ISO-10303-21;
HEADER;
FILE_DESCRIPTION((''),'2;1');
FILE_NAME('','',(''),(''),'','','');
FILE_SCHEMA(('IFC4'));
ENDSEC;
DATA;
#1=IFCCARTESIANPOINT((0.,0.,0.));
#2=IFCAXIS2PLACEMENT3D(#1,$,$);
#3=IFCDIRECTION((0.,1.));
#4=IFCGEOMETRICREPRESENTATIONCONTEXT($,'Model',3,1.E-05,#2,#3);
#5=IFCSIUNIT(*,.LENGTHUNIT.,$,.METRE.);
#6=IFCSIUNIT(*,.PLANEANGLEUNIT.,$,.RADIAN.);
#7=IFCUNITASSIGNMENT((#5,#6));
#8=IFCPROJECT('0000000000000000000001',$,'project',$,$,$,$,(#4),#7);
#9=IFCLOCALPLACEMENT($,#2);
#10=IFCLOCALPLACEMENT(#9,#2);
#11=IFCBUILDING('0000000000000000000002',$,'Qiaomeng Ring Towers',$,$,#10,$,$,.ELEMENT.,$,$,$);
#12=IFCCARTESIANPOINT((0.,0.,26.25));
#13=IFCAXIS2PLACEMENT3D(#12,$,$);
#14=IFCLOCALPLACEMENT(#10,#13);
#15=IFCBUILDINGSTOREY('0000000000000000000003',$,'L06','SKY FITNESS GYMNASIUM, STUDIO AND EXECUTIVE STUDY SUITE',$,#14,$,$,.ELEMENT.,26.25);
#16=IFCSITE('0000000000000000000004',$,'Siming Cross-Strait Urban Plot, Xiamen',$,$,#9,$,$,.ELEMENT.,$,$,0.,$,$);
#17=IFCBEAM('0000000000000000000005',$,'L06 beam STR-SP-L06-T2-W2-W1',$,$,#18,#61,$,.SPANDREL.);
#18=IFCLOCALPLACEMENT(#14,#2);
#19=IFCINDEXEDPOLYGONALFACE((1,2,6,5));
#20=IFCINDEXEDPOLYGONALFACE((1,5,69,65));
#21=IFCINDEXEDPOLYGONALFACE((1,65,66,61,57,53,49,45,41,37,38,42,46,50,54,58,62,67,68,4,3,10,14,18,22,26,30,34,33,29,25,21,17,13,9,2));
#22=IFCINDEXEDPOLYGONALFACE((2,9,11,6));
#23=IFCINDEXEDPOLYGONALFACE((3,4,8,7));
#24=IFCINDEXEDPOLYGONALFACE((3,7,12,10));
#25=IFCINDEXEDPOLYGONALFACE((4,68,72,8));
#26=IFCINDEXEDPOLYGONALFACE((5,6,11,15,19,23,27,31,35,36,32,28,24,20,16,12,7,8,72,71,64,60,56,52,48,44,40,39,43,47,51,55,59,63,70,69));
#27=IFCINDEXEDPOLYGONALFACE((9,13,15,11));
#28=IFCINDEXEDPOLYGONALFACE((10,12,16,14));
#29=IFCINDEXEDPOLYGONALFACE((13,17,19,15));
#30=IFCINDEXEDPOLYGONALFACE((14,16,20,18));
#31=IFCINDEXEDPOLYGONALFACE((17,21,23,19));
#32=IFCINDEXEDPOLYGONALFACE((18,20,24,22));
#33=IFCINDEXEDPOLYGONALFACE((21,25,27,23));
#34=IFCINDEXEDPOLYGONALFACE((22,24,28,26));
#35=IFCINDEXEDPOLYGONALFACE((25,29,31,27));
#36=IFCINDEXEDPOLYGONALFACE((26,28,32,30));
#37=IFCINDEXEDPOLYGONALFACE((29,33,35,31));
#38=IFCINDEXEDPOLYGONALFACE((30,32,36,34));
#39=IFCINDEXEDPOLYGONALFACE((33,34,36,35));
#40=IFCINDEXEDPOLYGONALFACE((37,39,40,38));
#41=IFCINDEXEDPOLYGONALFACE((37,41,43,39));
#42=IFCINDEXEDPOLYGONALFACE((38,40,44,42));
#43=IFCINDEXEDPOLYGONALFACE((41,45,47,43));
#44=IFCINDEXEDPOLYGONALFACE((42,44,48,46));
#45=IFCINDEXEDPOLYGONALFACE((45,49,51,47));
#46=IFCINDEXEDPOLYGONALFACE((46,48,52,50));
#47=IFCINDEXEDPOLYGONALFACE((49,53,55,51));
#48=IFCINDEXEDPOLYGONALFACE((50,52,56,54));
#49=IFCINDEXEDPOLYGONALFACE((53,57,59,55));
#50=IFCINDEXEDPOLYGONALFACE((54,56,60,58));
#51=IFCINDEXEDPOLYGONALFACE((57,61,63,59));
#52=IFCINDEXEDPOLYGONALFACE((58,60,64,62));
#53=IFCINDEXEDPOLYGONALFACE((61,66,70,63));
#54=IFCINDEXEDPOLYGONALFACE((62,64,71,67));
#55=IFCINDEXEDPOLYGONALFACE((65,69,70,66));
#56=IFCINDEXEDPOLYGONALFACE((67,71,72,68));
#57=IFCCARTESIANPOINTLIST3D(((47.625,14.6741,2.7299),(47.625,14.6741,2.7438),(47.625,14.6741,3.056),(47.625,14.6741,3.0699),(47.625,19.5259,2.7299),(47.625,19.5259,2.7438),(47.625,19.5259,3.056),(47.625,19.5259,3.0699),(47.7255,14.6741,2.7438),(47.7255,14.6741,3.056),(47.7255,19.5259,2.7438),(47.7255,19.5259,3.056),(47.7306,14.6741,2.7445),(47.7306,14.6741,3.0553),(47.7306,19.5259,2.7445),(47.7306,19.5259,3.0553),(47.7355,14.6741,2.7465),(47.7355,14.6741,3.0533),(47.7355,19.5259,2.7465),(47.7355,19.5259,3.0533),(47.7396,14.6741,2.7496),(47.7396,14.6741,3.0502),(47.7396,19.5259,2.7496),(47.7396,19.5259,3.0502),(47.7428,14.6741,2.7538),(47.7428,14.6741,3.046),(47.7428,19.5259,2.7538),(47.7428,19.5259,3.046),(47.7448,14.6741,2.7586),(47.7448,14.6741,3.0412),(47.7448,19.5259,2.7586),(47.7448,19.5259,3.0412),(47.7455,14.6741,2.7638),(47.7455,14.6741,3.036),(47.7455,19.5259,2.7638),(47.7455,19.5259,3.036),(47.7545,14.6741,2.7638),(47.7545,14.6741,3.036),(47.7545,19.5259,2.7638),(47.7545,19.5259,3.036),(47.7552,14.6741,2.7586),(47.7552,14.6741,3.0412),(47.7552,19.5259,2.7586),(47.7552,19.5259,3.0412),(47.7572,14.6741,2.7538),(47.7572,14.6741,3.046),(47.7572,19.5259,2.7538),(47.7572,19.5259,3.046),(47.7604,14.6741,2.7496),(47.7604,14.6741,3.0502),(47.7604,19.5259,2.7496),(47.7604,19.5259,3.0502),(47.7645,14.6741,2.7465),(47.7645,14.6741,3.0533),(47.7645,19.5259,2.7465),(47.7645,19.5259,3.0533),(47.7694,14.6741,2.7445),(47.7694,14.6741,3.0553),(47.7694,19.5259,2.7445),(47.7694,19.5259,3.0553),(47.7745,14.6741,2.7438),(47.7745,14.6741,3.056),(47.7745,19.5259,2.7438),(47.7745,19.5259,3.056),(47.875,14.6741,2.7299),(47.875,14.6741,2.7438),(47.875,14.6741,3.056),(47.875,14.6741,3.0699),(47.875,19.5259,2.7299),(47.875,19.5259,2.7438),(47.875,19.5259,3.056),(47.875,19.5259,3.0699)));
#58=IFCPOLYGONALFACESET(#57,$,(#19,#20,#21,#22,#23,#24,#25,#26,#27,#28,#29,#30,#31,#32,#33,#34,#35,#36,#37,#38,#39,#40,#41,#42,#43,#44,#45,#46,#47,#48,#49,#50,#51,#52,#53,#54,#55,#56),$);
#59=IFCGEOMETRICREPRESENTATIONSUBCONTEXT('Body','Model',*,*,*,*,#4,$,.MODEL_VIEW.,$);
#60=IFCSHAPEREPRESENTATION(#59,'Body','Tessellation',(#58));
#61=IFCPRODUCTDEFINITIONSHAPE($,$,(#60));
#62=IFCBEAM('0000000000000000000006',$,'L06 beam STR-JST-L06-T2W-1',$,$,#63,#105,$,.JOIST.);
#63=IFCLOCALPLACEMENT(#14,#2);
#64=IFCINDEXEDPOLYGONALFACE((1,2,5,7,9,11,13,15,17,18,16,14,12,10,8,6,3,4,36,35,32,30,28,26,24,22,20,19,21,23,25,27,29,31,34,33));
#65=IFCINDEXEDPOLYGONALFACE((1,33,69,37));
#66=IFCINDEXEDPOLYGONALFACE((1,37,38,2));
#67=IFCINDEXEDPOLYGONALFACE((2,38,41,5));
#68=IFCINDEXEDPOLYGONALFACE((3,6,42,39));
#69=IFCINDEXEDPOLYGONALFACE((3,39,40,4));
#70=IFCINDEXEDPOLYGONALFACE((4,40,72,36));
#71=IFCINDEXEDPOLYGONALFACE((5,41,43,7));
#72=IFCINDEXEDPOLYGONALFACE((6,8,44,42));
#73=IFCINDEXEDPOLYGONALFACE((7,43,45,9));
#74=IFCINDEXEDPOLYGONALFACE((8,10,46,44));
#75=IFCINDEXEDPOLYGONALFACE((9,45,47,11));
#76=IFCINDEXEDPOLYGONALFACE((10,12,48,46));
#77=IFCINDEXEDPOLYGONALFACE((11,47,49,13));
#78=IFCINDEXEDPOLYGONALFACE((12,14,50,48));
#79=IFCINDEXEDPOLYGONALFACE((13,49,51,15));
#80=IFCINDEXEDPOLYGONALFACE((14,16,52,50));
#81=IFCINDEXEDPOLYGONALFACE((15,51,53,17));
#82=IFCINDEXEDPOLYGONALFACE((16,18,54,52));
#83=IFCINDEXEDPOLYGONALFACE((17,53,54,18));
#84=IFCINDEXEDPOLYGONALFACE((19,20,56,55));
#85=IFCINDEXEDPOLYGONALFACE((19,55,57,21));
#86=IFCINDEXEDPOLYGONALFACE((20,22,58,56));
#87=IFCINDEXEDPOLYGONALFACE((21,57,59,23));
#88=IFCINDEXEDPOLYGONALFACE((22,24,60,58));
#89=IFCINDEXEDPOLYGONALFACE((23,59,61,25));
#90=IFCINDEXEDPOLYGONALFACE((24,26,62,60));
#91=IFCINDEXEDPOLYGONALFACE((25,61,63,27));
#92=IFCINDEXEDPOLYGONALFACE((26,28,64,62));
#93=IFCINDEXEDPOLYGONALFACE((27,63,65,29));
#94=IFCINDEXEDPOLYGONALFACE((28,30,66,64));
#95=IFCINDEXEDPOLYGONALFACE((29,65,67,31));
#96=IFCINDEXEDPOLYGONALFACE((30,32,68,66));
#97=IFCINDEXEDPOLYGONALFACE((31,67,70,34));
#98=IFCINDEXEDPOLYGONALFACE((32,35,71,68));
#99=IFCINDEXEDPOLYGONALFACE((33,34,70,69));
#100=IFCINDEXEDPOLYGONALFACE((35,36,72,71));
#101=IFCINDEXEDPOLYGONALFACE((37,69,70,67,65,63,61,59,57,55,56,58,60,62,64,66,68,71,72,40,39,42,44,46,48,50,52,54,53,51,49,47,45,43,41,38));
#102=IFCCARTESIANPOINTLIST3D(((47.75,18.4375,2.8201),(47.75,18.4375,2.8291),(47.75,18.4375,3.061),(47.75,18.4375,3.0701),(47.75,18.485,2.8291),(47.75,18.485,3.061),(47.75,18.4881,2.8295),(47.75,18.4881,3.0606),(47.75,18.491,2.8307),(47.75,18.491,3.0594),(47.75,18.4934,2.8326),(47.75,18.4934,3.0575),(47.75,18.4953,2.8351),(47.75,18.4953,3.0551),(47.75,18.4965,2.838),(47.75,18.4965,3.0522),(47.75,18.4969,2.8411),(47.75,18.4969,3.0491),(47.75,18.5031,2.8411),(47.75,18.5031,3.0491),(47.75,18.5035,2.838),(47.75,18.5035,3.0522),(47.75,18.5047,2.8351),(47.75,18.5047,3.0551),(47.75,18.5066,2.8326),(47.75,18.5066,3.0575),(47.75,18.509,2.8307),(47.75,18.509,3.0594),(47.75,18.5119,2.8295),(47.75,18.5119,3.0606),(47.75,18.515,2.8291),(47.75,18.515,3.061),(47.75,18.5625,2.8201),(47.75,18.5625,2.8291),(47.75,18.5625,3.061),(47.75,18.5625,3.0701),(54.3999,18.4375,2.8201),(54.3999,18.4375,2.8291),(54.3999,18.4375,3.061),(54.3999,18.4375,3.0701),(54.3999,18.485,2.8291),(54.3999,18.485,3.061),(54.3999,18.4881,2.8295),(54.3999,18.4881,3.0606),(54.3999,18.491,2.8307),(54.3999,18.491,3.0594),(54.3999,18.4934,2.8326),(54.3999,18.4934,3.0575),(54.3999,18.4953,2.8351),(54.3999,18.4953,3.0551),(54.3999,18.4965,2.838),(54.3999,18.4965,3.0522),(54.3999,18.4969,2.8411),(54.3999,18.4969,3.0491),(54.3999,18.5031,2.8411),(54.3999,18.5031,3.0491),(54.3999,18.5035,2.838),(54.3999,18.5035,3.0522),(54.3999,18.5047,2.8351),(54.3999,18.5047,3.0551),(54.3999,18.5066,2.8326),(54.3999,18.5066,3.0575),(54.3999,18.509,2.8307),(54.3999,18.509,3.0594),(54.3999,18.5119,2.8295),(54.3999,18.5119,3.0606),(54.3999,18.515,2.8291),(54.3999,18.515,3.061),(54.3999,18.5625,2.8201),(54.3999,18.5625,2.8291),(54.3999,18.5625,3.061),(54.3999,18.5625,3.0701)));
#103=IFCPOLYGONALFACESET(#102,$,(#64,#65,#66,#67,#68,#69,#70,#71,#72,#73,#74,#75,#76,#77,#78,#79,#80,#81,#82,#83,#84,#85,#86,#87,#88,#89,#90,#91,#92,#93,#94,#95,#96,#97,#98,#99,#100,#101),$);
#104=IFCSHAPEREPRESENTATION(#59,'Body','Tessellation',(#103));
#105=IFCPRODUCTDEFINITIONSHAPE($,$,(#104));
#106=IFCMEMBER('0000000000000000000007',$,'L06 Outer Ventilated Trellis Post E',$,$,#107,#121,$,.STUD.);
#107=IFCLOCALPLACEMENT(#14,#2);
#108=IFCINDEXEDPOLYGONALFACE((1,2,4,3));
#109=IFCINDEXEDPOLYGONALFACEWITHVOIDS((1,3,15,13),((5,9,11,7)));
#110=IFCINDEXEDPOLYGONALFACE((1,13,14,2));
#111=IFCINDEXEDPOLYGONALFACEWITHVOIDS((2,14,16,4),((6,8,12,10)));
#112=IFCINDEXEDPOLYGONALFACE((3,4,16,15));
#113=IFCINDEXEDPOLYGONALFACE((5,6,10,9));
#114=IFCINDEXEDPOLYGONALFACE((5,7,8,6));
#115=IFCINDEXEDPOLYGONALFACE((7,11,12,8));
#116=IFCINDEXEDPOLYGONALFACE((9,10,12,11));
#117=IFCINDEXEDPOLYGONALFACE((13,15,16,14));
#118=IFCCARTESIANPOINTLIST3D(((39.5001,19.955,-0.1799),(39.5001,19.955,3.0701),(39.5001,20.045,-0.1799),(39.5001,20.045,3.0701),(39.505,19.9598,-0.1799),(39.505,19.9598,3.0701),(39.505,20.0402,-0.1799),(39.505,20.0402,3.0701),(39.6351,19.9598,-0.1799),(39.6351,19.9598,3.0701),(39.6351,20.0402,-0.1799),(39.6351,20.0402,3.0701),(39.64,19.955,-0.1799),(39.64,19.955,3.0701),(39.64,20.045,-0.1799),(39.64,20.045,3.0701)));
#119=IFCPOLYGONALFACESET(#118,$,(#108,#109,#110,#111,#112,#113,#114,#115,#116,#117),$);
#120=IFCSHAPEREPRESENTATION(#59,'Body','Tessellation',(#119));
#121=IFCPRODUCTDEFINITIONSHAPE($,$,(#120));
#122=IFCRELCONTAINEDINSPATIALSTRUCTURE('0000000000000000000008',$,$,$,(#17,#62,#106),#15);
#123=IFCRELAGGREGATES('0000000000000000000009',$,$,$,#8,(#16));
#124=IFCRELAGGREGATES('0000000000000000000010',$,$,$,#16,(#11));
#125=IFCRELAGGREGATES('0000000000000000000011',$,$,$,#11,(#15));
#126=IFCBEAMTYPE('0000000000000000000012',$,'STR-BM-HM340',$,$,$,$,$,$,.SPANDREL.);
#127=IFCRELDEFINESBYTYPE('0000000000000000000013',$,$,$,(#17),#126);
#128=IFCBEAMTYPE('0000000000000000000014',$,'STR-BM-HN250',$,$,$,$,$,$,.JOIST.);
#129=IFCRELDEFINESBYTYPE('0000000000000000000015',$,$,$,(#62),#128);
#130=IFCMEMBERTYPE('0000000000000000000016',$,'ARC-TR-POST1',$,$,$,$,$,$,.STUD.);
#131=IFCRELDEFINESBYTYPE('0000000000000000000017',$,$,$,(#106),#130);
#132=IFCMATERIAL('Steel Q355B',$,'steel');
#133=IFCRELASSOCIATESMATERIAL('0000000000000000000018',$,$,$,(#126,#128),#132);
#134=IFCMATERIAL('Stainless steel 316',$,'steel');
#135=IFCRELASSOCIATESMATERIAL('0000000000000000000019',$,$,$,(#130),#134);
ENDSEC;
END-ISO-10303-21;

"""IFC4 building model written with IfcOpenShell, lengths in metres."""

from ifc_helpers import new_model, si_unit, direction, frame, origin, origin_2d, place, context, subcontext, project, spatial, hollow_rectangle, i_section, extrude, source, transform, mapped, material, material_profile, profile_set, type_object, element, save


model = new_model("IFC4")

# Units and contexts
model_context = context("Model", 3, precision=1e-05, world=origin(), true_north=direction((0.0, 1.0)))
body_context = subcontext(model_context, "Body", "Model", "MODEL_VIEW")
ifc_project = project(units=[si_unit("LENGTHUNIT", "METRE"), si_unit("PLANEANGLEUNIT", "RADIAN")], contexts=[model_context])

# Site, building, storey
site_placement = place(None, origin())
site = spatial("IfcSite", under=ifc_project, at=site_placement, Name="Siming Cross-Strait Urban Plot, Xiamen", CompositionType="ELEMENT", RefElevation=0.0)
building_placement = place(site_placement, origin())
building = spatial("IfcBuilding", under=site, at=building_placement, Name="Qiaomeng Ring Towers", CompositionType="ELEMENT")
storey_placement = place(building_placement, frame((0.0, 0.0, 26.25)))
storey = spatial("IfcBuildingStorey", under=building, at=storey_placement, Name="L06", Description="SKY FITNESS GYMNASIUM, STUDIO AND EXECUTIVE STUDY SUITE", CompositionType="ELEMENT", Elevation=26.25)

# Beams
ifc_material_1 = material(Name="Steel Q355B", Category="steel")
ifc_material_profile_1 = material_profile(ifc_material_1, i_section(OverallWidth=0.25, OverallDepth=0.3401, WebThickness=0.009, FlangeThickness=0.0139, FilletRadius=0.02, at=origin_2d()), Name="HM 340x250x9x14")
ifc_profile_set_1 = profile_set([ifc_material_profile_1], Name="Steel Q355B")
beam_type_1 = type_object("IfcBeamType", Name="STR-BM-HM340", PredefinedType="SPANDREL", material=ifc_profile_set_1)
shared_shape_1 = source(origin(), body_context, "Body", "SweptSolid", [
    extrude(i_section(OverallWidth=0.25, OverallDepth=0.3401, WebThickness=0.009, FlangeThickness=0.0139, FilletRadius=0.02, at=origin_2d()), origin(), (0.0, 0.0, 1.0), 4.8518),
])
beam_1_placement = place(storey_placement, frame((47.75, 19.5259, 2.8999), z_axis=(0.0, -1.0, 0.0), x_axis=(1.0, 0.0, 0.0)))
element("IfcBeam", 1, at=beam_1_placement, inside=storey, type_object=beam_type_1, Name="L06 beam STR-SP-L06-T2-W2-W1", PredefinedType="SPANDREL", context=body_context, shape_type="MappedRepresentation", body=[
    mapped(shared_shape_1, transform((0.0, 0.0, 0.0), x_axis=(1.0, 0.0, 0.0), y_axis=(0.0, 1.0, 0.0), z_axis=(0.0, 0.0, 1.0), scale=1.0)),
])
ifc_material_profile_2 = material_profile(ifc_material_1, i_section(OverallWidth=0.125, OverallDepth=0.25, WebThickness=0.0061, FlangeThickness=0.009, FilletRadius=0.012, at=origin_2d()), Name="HN 250x125x6x9")
ifc_profile_set_2 = profile_set([ifc_material_profile_2], Name="Steel Q355B")
beam_type_2 = type_object("IfcBeamType", Name="STR-BM-HN250", PredefinedType="JOIST", material=ifc_profile_set_2)
shared_shape_2 = source(origin(), body_context, "Body", "SweptSolid", [
    extrude(i_section(OverallWidth=0.125, OverallDepth=0.25, WebThickness=0.0061, FlangeThickness=0.009, FilletRadius=0.012, at=origin_2d()), origin(), (0.0, 0.0, 1.0), 6.6499),
])
beam_2_placement = place(storey_placement, frame((47.75, 18.5, 2.9451), z_axis=(1.0, 0.0, 0.0), x_axis=(0.0, 1.0, 0.0)))
element("IfcBeam", 2, at=beam_2_placement, inside=storey, type_object=beam_type_2, Name="L06 beam STR-JST-L06-T2W-1", PredefinedType="JOIST", context=body_context, shape_type="MappedRepresentation", body=[
    mapped(shared_shape_2, transform((0.0, 0.0, 0.0), x_axis=(1.0, 0.0, 0.0), y_axis=(0.0, 1.0, 0.0), z_axis=(0.0, 0.0, 1.0), scale=1.0)),
])

# Member
ifc_material_2 = material(Name="Stainless steel 316", Category="steel")
ifc_material_profile_3 = material_profile(ifc_material_2, hollow_rectangle(XDim=0.0901, YDim=0.1399, WallThickness=0.0049, at=origin_2d()), Name="SS TRELLIS 90x140")
ifc_profile_set_3 = profile_set([ifc_material_profile_3], Name="Stainless steel 316")
member_type = type_object("IfcMemberType", Name="ARC-TR-POST1", PredefinedType="STUD", material=ifc_profile_set_3)
shared_shape_3 = source(origin(), body_context, "Body", "SweptSolid", [
    extrude(hollow_rectangle(XDim=0.0901, YDim=0.1399, WallThickness=0.0049, at=origin_2d()), origin(), (0.0, 0.0, 1.0), 3.25),
])
member_placement = place(storey_placement, frame((39.5701, 20.0, -0.1799), z_axis=(0.0, 0.0, 1.0), x_axis=(0.0, 1.0, 0.0)))
element("IfcMember", 3, at=member_placement, inside=storey, type_object=member_type, Name="L06 Outer Ventilated Trellis Post E", PredefinedType="STUD", context=body_context, shape_type="MappedRepresentation", body=[
    mapped(shared_shape_3, transform((0.0, 0.0, 0.0), x_axis=(1.0, 0.0, 0.0), y_axis=(0.0, 1.0, 0.0), z_axis=(0.0, 0.0, 1.0), scale=1.0)),
])

save(model, "model.ifc")
